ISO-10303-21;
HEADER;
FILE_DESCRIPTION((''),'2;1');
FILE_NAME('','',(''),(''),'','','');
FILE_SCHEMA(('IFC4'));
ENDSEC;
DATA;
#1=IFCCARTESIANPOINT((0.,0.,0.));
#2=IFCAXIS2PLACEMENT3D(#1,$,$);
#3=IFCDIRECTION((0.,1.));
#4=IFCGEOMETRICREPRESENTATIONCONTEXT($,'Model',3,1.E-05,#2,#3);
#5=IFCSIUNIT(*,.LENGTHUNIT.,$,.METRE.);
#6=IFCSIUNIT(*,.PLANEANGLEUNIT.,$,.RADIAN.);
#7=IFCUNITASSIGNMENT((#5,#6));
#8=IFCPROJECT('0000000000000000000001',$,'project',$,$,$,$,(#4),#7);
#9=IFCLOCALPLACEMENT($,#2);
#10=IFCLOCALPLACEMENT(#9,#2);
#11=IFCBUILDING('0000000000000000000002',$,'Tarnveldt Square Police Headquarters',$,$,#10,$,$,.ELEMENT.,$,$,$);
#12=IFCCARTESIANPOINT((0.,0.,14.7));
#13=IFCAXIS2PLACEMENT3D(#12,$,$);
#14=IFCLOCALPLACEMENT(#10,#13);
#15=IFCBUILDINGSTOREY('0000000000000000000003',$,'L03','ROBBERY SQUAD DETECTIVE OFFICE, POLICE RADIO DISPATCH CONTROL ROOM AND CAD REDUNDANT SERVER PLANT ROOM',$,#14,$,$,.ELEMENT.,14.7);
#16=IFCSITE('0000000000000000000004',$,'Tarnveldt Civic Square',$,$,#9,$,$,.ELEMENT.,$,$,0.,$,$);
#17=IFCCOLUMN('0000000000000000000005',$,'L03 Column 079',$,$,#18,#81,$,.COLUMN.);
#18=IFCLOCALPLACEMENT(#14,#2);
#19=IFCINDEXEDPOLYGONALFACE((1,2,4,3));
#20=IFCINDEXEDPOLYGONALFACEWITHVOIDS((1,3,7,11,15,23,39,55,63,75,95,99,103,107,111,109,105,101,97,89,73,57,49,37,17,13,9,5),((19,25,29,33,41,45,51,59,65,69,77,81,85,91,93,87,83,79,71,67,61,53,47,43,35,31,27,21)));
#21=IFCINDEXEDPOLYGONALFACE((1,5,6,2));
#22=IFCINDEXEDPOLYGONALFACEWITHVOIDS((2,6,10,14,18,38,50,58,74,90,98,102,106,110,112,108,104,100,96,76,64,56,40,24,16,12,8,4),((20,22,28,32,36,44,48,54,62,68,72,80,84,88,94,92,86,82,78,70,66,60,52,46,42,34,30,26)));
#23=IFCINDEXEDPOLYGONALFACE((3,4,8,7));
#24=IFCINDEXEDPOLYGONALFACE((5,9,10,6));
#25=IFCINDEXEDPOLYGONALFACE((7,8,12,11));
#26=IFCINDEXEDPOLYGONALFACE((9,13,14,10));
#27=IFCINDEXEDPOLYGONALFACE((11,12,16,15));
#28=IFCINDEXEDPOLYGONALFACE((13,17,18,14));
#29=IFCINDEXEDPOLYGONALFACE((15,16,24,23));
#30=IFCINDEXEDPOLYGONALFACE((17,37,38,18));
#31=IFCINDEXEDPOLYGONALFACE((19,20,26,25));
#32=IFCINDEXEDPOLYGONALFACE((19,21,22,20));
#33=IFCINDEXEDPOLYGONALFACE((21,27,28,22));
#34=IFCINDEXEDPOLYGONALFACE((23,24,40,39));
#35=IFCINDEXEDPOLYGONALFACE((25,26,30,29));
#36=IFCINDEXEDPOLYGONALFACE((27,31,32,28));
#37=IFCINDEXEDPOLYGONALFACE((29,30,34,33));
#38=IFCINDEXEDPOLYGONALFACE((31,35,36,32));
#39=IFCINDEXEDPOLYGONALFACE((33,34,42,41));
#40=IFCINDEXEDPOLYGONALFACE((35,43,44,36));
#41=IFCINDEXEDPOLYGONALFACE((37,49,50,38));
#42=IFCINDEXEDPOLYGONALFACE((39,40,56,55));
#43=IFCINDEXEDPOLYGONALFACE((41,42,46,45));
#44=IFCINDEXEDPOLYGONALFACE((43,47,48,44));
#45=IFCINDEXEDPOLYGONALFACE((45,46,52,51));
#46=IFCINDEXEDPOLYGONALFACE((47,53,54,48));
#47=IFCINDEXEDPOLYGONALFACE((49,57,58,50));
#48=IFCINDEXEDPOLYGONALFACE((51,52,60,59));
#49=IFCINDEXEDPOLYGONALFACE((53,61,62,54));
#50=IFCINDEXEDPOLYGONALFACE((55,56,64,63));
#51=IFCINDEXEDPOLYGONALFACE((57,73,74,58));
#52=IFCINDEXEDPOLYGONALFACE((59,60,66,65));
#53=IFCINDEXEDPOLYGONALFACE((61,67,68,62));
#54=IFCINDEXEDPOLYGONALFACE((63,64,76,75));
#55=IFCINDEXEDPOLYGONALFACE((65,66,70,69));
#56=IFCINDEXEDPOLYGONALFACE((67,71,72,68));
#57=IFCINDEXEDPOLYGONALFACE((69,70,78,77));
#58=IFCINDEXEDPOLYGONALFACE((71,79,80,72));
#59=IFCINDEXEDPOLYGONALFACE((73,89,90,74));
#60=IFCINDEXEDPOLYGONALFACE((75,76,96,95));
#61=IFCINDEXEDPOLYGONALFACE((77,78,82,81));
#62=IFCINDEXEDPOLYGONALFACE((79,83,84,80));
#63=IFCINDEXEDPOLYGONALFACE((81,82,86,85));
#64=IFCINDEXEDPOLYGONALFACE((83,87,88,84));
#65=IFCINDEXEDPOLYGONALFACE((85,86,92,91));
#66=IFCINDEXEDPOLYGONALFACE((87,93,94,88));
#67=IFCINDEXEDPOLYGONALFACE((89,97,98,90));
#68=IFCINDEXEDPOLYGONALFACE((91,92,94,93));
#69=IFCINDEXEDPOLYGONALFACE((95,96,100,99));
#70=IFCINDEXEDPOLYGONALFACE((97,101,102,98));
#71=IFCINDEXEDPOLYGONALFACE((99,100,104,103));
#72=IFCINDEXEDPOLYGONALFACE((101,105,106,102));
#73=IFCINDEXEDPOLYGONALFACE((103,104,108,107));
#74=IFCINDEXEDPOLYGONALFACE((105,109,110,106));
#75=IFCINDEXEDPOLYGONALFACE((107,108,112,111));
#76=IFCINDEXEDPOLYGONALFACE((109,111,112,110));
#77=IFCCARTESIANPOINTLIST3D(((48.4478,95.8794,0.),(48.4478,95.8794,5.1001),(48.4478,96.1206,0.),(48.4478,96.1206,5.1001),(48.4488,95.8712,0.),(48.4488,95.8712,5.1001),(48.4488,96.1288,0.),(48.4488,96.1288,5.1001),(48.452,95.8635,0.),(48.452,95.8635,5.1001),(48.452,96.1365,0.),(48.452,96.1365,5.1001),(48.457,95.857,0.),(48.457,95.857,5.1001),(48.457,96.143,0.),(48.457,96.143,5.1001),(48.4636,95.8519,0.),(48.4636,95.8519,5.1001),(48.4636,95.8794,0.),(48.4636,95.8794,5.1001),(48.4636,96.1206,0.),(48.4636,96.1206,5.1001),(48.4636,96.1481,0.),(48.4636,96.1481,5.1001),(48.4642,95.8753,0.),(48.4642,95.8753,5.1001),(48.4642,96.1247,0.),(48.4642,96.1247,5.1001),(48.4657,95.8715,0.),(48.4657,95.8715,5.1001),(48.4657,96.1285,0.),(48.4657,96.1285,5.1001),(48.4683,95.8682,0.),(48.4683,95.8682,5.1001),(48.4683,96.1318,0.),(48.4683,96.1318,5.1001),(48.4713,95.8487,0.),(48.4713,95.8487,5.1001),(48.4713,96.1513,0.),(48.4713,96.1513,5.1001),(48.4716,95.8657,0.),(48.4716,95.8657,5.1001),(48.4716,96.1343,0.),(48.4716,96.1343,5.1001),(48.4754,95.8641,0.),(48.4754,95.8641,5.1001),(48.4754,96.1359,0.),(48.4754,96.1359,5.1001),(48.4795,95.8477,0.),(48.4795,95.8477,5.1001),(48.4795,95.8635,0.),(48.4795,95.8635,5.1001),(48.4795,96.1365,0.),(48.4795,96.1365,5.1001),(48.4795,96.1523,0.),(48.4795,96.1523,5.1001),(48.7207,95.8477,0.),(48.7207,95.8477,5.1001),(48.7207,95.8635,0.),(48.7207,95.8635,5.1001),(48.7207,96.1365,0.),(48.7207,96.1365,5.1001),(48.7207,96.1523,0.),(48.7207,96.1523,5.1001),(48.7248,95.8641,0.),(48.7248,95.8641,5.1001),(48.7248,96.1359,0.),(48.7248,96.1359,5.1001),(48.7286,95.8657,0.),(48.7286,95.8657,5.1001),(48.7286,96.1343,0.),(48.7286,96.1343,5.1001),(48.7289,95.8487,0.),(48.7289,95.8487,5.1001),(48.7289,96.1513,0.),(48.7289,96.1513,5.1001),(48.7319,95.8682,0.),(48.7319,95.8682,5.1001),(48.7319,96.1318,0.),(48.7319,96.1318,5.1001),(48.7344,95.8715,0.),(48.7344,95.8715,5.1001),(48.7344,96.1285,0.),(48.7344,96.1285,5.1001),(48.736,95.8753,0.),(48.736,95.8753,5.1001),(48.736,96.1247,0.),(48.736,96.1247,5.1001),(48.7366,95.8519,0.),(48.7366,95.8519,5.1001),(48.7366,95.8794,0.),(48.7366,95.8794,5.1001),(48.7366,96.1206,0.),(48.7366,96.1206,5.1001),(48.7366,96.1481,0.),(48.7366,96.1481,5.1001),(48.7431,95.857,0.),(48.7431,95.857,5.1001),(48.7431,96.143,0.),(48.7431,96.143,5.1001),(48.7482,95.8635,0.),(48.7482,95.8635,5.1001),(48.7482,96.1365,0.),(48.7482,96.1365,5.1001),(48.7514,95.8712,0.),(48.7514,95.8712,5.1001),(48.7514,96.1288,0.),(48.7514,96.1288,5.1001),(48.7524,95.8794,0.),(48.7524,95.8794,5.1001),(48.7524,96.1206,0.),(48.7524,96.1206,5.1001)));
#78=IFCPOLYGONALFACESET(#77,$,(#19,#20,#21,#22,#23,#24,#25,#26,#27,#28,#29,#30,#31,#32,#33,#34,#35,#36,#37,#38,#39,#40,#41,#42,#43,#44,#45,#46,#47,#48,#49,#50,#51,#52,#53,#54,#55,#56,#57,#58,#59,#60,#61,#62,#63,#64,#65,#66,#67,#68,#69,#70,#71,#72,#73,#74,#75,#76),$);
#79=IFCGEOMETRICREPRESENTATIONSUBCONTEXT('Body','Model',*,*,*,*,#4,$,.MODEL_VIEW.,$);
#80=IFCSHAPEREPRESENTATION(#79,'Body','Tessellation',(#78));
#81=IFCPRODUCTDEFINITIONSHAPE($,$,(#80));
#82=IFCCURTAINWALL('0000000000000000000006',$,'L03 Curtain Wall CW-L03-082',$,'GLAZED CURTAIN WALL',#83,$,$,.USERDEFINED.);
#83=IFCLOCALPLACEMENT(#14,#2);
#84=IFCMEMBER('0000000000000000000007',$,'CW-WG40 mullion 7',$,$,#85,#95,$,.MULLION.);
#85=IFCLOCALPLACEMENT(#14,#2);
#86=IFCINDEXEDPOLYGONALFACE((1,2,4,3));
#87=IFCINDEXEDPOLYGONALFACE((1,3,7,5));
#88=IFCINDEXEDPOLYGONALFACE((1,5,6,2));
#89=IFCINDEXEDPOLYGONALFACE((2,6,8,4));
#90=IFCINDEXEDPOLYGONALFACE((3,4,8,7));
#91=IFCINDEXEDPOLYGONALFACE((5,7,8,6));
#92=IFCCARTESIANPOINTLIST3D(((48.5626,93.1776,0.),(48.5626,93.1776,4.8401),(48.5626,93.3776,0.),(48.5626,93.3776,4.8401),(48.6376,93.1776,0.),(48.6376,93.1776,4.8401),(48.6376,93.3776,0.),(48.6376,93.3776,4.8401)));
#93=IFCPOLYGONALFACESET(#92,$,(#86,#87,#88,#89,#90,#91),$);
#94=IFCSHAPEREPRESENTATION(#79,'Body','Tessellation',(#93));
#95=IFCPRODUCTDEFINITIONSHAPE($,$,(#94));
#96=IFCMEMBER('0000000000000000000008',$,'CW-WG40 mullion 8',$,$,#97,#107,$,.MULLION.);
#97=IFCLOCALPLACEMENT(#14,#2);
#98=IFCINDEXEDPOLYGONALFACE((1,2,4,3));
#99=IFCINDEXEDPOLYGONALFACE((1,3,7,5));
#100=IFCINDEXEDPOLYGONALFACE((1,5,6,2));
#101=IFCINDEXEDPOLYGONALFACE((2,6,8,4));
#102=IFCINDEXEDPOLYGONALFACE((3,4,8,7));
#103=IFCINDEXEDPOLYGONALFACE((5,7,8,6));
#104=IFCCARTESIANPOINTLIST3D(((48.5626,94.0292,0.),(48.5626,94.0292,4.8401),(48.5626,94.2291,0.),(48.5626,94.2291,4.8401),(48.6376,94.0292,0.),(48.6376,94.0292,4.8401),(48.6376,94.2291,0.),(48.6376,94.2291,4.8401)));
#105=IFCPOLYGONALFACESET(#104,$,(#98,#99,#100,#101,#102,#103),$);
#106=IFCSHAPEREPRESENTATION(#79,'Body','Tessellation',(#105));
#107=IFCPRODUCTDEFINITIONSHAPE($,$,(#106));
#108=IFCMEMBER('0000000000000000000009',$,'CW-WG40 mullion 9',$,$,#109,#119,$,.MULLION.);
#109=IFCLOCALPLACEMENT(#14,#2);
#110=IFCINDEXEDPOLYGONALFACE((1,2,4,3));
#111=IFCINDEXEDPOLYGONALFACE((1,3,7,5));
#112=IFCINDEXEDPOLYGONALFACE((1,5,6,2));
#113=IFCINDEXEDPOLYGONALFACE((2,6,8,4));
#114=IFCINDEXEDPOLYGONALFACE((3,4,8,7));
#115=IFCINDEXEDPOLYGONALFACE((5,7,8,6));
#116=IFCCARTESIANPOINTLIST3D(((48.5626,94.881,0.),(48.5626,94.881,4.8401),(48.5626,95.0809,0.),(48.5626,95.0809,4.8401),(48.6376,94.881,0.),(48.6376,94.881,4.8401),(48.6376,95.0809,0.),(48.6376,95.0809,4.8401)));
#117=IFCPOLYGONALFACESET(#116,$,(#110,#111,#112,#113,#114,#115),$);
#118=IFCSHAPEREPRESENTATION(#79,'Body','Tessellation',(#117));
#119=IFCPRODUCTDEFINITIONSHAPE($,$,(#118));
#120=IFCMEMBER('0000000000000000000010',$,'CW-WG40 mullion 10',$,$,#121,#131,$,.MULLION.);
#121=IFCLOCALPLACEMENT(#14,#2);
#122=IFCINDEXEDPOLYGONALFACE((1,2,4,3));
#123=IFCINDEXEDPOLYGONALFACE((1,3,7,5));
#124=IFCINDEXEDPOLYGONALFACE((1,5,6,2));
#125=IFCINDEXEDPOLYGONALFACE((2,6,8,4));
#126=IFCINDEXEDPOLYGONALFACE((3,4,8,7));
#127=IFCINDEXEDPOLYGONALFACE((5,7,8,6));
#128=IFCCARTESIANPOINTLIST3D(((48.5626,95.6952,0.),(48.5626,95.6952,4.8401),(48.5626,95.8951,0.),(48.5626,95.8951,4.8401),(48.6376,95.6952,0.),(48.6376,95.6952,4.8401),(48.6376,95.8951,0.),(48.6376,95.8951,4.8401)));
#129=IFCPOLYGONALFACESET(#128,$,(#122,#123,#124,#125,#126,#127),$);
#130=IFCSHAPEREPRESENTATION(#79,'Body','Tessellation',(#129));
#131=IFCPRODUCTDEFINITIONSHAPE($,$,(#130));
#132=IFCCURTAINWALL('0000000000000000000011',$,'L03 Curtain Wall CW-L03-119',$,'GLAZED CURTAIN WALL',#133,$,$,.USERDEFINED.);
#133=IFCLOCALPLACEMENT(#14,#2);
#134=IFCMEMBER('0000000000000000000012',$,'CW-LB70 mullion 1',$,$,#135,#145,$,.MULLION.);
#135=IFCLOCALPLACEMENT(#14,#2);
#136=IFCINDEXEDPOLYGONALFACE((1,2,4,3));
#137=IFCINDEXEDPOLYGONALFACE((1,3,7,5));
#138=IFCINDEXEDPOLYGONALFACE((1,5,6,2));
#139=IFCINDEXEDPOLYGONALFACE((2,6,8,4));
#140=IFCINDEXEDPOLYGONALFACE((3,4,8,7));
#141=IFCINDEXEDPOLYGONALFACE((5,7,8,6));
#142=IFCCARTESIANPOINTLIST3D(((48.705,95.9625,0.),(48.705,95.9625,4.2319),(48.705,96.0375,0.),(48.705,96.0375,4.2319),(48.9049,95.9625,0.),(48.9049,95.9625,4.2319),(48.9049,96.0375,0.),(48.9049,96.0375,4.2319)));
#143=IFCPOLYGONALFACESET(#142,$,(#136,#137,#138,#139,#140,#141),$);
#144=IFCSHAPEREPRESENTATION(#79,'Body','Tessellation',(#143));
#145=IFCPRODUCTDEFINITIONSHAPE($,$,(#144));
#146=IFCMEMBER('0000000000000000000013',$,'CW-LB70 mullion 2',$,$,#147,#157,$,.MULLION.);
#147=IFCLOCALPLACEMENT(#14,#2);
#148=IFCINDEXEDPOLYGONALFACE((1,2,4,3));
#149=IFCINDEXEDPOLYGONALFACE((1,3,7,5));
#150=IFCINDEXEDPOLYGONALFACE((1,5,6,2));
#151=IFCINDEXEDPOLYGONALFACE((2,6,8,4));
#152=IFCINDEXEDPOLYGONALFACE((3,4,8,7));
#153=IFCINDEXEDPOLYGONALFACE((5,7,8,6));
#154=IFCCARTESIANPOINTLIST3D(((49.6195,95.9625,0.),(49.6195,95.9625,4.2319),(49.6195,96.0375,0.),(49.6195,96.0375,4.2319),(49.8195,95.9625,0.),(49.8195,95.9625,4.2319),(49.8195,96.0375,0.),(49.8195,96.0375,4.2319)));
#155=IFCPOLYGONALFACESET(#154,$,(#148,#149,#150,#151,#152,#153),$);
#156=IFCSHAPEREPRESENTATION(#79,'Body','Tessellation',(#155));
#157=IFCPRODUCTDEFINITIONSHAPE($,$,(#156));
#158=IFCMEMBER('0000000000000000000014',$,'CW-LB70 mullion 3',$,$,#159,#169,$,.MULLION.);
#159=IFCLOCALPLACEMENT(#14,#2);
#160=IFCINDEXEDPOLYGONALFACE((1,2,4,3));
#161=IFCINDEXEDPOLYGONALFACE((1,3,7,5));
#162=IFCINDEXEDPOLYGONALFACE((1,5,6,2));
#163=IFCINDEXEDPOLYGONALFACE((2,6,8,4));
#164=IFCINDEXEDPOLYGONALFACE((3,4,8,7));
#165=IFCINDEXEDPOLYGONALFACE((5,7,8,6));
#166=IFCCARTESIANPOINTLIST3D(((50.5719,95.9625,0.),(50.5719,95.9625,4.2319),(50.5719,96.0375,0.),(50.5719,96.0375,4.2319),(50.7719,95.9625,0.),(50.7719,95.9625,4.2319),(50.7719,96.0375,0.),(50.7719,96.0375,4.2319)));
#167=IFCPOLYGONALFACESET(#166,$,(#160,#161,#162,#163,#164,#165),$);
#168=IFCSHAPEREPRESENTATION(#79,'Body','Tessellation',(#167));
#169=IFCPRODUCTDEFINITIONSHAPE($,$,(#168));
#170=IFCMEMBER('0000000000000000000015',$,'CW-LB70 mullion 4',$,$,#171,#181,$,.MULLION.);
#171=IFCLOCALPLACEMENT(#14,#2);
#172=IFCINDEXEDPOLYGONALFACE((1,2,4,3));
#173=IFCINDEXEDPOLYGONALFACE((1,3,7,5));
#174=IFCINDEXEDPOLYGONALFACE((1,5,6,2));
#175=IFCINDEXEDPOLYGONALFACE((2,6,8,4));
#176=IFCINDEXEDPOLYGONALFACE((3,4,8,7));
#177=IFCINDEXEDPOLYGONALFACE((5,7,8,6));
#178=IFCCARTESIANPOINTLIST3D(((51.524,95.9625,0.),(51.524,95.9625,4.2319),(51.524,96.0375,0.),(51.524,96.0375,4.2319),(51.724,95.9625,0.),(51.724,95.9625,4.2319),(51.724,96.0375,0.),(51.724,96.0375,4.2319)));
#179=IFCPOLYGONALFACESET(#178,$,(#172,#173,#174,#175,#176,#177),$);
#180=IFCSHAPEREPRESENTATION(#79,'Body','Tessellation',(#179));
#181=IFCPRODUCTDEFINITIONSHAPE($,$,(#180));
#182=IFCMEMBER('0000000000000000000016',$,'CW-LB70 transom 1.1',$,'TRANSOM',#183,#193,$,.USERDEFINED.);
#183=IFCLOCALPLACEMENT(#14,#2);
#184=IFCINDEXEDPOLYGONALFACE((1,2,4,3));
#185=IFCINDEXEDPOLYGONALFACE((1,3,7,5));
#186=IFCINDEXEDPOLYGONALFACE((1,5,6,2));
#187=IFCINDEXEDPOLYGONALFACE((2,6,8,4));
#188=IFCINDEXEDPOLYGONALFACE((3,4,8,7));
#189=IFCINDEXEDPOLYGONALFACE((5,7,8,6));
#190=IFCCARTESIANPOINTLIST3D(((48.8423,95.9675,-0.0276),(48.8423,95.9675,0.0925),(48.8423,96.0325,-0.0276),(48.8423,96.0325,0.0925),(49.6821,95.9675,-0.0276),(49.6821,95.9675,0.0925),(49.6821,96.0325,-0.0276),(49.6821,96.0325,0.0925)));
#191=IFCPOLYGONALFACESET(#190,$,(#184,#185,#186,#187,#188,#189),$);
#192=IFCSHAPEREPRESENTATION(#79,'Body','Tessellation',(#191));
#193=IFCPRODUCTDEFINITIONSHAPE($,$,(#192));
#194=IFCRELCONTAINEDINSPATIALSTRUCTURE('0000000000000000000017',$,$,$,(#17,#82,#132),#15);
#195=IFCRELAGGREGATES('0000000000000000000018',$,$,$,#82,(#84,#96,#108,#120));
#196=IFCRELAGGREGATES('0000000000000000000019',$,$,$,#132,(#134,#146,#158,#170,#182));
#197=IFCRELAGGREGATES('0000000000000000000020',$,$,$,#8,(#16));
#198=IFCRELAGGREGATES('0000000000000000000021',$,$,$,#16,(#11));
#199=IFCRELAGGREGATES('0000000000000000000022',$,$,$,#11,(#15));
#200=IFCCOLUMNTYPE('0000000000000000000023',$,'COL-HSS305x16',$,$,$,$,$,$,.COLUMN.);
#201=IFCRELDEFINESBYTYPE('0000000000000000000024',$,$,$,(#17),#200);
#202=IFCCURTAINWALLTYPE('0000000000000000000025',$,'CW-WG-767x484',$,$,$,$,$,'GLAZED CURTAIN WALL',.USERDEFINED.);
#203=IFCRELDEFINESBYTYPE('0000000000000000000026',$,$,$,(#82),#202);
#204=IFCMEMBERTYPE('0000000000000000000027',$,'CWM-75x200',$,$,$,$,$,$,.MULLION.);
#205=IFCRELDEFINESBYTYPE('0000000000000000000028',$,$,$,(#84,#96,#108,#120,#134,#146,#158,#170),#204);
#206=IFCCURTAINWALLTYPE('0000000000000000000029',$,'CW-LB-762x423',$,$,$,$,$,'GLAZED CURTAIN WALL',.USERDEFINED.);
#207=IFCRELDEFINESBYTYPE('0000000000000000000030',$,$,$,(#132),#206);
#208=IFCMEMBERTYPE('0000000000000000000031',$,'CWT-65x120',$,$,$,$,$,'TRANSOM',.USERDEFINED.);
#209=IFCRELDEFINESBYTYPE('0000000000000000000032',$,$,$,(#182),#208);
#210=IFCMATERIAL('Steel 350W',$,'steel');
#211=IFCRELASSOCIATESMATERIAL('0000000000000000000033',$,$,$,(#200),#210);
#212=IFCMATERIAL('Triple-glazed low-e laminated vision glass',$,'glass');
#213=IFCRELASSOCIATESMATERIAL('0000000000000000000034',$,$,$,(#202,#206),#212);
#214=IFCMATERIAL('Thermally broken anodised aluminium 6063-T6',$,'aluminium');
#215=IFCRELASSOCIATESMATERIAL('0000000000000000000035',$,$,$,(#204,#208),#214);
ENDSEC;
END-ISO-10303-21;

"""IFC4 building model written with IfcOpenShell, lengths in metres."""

from ifc_helpers import new_model, si_unit, direction, frame, origin, origin_2d, place, context, subcontext, project, spatial, rectangle, hollow_rectangle, extrude, material, material_profile, profile_set, type_object, element, aggregate, save


model = new_model("IFC4")

# Units and contexts
model_context = context("Model", 3, precision=1e-05, world=origin(), true_north=direction((0.0, 1.0)))
body_context = subcontext(model_context, "Body", "Model", "MODEL_VIEW")
ifc_project = project(units=[si_unit("LENGTHUNIT", "METRE"), si_unit("PLANEANGLEUNIT", "RADIAN")], contexts=[model_context])

# Site, building, storey
site_placement = place(None, origin())
site = spatial("IfcSite", under=ifc_project, at=site_placement, Name="Tarnveldt Civic Square", CompositionType="ELEMENT", RefElevation=0.0)
building_placement = place(site_placement, origin())
building = spatial("IfcBuilding", under=site, at=building_placement, Name="Tarnveldt Square Police Headquarters", CompositionType="ELEMENT")
storey_placement = place(building_placement, frame((0.0, 0.0, 14.7)))
storey = spatial("IfcBuildingStorey", under=building, at=storey_placement, Name="L03", Description="ROBBERY SQUAD DETECTIVE OFFICE, POLICE RADIO DISPATCH CONTROL ROOM AND CAD REDUNDANT SERVER PLANT ROOM", CompositionType="ELEMENT", Elevation=14.7)

# Column
ifc_material_1 = material(Name="Steel 350W", Category="steel")
ifc_material_profile_1 = material_profile(ifc_material_1, hollow_rectangle(XDim=0.3047, YDim=0.3047, WallThickness=0.0159, InnerFilletRadius=0.0159, OuterFilletRadius=0.0317, at=origin_2d()), Name="HSS305x305x16")
ifc_profile_set_1 = profile_set([ifc_material_profile_1], Name="Steel 350W")
column_type = type_object("IfcColumnType", Name="COL-HSS305x16", PredefinedType="COLUMN", material=ifc_profile_set_1)
column_placement = place(storey_placement, frame((48.6001, 96.0, 0.0), z_axis=(0.0, 0.0, 1.0), x_axis=(1.0, 0.0, 0.0)))
element("IfcColumn", 1, at=column_placement, inside=storey, type_object=column_type, Name="L03 Column 079", PredefinedType="COLUMN", context=body_context, shape_type="SweptSolid", body=[
    extrude(hollow_rectangle(XDim=0.3047, YDim=0.3047, WallThickness=0.0159, InnerFilletRadius=0.0159, OuterFilletRadius=0.0317, at=origin_2d()), origin(), (0.0, 0.0, 1.0), 5.1001),
])

# Curtain walls, members
ifc_material_2 = material(Name="Triple-glazed low-e laminated vision glass", Category="glass")
curtain_wall_type_1 = type_object("IfcCurtainWallType", Name="CW-WG-767x484", ElementType="GLAZED CURTAIN WALL", PredefinedType="USERDEFINED", material=ifc_material_2)
curtain_wall_1_placement = place(storey_placement, origin())
curtain_wall_1 = element("IfcCurtainWall", 2, at=curtain_wall_1_placement, inside=storey, type_object=curtain_wall_type_1, Name="L03 Curtain Wall CW-L03-082", ObjectType="GLAZED CURTAIN WALL", PredefinedType="USERDEFINED")
ifc_material_3 = material(Name="Thermally broken anodised aluminium 6063-T6", Category="aluminium")
ifc_material_profile_2 = material_profile(ifc_material_3, rectangle(XDim=0.075, YDim=0.2, at=origin_2d()), Name="CW-M75x200")
ifc_profile_set_2 = profile_set([ifc_material_profile_2], Name="Thermally broken anodised aluminium 6063-T6")
member_type_1 = type_object("IfcMemberType", Name="CWM-75x200", PredefinedType="MULLION", material=ifc_profile_set_2)
member_1_placement = place(storey_placement, frame((48.6001, 93.2776, 0.0), z_axis=(0.0, 0.0, 1.0), x_axis=(-1.0, 0.0, 0.0)))
member_1 = element("IfcMember", 3, at=member_1_placement, type_object=member_type_1, Name="CW-WG40 mullion 7", PredefinedType="MULLION", context=body_context, shape_type="SweptSolid", body=[
    extrude(rectangle(XDim=0.075, YDim=0.2, at=origin_2d()), origin(), (0.0, 0.0, 1.0), 4.8401),
])
member_2_placement = place(storey_placement, frame((48.6001, 94.1292, 0.0), z_axis=(0.0, 0.0, 1.0), x_axis=(-1.0, 0.0, 0.0)))
member_2 = element("IfcMember", 4, at=member_2_placement, type_object=member_type_1, Name="CW-WG40 mullion 8", PredefinedType="MULLION", context=body_context, shape_type="SweptSolid", body=[
    extrude(rectangle(XDim=0.075, YDim=0.2, at=origin_2d()), origin(), (0.0, 0.0, 1.0), 4.8401),
])
member_3_placement = place(storey_placement, frame((48.6001, 94.981, 0.0), z_axis=(0.0, 0.0, 1.0), x_axis=(-1.0, 0.0, 0.0)))
member_3 = element("IfcMember", 5, at=member_3_placement, type_object=member_type_1, Name="CW-WG40 mullion 9", PredefinedType="MULLION", context=body_context, shape_type="SweptSolid", body=[
    extrude(rectangle(XDim=0.075, YDim=0.2, at=origin_2d()), origin(), (0.0, 0.0, 1.0), 4.8401),
])
member_4_placement = place(storey_placement, frame((48.6001, 95.7952, 0.0), z_axis=(0.0, 0.0, 1.0), x_axis=(-1.0, 0.0, 0.0)))
member_4 = element("IfcMember", 6, at=member_4_placement, type_object=member_type_1, Name="CW-WG40 mullion 10", PredefinedType="MULLION", context=body_context, shape_type="SweptSolid", body=[
    extrude(rectangle(XDim=0.075, YDim=0.2, at=origin_2d()), origin(), (0.0, 0.0, 1.0), 4.8401),
])
curtain_wall_type_2 = type_object("IfcCurtainWallType", Name="CW-LB-762x423", ElementType="GLAZED CURTAIN WALL", PredefinedType="USERDEFINED", material=ifc_material_2)
curtain_wall_2_placement = place(storey_placement, origin())
curtain_wall_2 = element("IfcCurtainWall", 7, at=curtain_wall_2_placement, inside=storey, type_object=curtain_wall_type_2, Name="L03 Curtain Wall CW-L03-119", ObjectType="GLAZED CURTAIN WALL", PredefinedType="USERDEFINED")
member_5_placement = place(storey_placement, frame((48.8049, 96.0, 0.0), z_axis=(0.0, 0.0, 1.0), x_axis=(0.0, 1.0, 0.0)))
member_5 = element("IfcMember", 8, at=member_5_placement, type_object=member_type_1, Name="CW-LB70 mullion 1", PredefinedType="MULLION", context=body_context, shape_type="SweptSolid", body=[
    extrude(rectangle(XDim=0.075, YDim=0.2, at=origin_2d()), origin(), (0.0, 0.0, 1.0), 4.2319),
])
member_6_placement = place(storey_placement, frame((49.7195, 96.0, 0.0), z_axis=(0.0, 0.0, 1.0), x_axis=(0.0, 1.0, 0.0)))
member_6 = element("IfcMember", 9, at=member_6_placement, type_object=member_type_1, Name="CW-LB70 mullion 2", PredefinedType="MULLION", context=body_context, shape_type="SweptSolid", body=[
    extrude(rectangle(XDim=0.075, YDim=0.2, at=origin_2d()), origin(), (0.0, 0.0, 1.0), 4.2319),
])
member_7_placement = place(storey_placement, frame((50.6719, 96.0, 0.0), z_axis=(0.0, 0.0, 1.0), x_axis=(0.0, 1.0, 0.0)))
member_7 = element("IfcMember", 10, at=member_7_placement, type_object=member_type_1, Name="CW-LB70 mullion 3", PredefinedType="MULLION", context=body_context, shape_type="SweptSolid", body=[
    extrude(rectangle(XDim=0.075, YDim=0.2, at=origin_2d()), origin(), (0.0, 0.0, 1.0), 4.2319),
])
member_8_placement = place(storey_placement, frame((51.624, 96.0, 0.0), z_axis=(0.0, 0.0, 1.0), x_axis=(0.0, 1.0, 0.0)))
member_8 = element("IfcMember", 11, at=member_8_placement, type_object=member_type_1, Name="CW-LB70 mullion 4", PredefinedType="MULLION", context=body_context, shape_type="SweptSolid", body=[
    extrude(rectangle(XDim=0.075, YDim=0.2, at=origin_2d()), origin(), (0.0, 0.0, 1.0), 4.2319),
])
ifc_material_profile_3 = material_profile(ifc_material_3, rectangle(XDim=0.0649, YDim=0.1201, at=origin_2d()), Name="CW-T65x120")
ifc_profile_set_3 = profile_set([ifc_material_profile_3], Name="Thermally broken anodised aluminium 6063-T6")
member_type_2 = type_object("IfcMemberType", Name="CWT-65x120", ElementType="TRANSOM", PredefinedType="USERDEFINED", material=ifc_profile_set_3)
member_9_placement = place(storey_placement, frame((48.8423, 96.0, 0.0325), z_axis=(1.0, 0.0, 0.0), x_axis=(0.0, 1.0, 0.0)))
member_9 = element("IfcMember", 12, at=member_9_placement, type_object=member_type_2, Name="CW-LB70 transom 1.1", ObjectType="TRANSOM", PredefinedType="USERDEFINED", context=body_context, shape_type="SweptSolid", body=[
    extrude(rectangle(XDim=0.0649, YDim=0.1201, at=origin_2d()), origin(), (0.0, 0.0, 1.0), 0.8398),
])

aggregate(curtain_wall_1, [member_1, member_2, member_3, member_4])
aggregate(curtain_wall_2, [member_5, member_6, member_7, member_8, member_9])

save(model, "model.ifc")
